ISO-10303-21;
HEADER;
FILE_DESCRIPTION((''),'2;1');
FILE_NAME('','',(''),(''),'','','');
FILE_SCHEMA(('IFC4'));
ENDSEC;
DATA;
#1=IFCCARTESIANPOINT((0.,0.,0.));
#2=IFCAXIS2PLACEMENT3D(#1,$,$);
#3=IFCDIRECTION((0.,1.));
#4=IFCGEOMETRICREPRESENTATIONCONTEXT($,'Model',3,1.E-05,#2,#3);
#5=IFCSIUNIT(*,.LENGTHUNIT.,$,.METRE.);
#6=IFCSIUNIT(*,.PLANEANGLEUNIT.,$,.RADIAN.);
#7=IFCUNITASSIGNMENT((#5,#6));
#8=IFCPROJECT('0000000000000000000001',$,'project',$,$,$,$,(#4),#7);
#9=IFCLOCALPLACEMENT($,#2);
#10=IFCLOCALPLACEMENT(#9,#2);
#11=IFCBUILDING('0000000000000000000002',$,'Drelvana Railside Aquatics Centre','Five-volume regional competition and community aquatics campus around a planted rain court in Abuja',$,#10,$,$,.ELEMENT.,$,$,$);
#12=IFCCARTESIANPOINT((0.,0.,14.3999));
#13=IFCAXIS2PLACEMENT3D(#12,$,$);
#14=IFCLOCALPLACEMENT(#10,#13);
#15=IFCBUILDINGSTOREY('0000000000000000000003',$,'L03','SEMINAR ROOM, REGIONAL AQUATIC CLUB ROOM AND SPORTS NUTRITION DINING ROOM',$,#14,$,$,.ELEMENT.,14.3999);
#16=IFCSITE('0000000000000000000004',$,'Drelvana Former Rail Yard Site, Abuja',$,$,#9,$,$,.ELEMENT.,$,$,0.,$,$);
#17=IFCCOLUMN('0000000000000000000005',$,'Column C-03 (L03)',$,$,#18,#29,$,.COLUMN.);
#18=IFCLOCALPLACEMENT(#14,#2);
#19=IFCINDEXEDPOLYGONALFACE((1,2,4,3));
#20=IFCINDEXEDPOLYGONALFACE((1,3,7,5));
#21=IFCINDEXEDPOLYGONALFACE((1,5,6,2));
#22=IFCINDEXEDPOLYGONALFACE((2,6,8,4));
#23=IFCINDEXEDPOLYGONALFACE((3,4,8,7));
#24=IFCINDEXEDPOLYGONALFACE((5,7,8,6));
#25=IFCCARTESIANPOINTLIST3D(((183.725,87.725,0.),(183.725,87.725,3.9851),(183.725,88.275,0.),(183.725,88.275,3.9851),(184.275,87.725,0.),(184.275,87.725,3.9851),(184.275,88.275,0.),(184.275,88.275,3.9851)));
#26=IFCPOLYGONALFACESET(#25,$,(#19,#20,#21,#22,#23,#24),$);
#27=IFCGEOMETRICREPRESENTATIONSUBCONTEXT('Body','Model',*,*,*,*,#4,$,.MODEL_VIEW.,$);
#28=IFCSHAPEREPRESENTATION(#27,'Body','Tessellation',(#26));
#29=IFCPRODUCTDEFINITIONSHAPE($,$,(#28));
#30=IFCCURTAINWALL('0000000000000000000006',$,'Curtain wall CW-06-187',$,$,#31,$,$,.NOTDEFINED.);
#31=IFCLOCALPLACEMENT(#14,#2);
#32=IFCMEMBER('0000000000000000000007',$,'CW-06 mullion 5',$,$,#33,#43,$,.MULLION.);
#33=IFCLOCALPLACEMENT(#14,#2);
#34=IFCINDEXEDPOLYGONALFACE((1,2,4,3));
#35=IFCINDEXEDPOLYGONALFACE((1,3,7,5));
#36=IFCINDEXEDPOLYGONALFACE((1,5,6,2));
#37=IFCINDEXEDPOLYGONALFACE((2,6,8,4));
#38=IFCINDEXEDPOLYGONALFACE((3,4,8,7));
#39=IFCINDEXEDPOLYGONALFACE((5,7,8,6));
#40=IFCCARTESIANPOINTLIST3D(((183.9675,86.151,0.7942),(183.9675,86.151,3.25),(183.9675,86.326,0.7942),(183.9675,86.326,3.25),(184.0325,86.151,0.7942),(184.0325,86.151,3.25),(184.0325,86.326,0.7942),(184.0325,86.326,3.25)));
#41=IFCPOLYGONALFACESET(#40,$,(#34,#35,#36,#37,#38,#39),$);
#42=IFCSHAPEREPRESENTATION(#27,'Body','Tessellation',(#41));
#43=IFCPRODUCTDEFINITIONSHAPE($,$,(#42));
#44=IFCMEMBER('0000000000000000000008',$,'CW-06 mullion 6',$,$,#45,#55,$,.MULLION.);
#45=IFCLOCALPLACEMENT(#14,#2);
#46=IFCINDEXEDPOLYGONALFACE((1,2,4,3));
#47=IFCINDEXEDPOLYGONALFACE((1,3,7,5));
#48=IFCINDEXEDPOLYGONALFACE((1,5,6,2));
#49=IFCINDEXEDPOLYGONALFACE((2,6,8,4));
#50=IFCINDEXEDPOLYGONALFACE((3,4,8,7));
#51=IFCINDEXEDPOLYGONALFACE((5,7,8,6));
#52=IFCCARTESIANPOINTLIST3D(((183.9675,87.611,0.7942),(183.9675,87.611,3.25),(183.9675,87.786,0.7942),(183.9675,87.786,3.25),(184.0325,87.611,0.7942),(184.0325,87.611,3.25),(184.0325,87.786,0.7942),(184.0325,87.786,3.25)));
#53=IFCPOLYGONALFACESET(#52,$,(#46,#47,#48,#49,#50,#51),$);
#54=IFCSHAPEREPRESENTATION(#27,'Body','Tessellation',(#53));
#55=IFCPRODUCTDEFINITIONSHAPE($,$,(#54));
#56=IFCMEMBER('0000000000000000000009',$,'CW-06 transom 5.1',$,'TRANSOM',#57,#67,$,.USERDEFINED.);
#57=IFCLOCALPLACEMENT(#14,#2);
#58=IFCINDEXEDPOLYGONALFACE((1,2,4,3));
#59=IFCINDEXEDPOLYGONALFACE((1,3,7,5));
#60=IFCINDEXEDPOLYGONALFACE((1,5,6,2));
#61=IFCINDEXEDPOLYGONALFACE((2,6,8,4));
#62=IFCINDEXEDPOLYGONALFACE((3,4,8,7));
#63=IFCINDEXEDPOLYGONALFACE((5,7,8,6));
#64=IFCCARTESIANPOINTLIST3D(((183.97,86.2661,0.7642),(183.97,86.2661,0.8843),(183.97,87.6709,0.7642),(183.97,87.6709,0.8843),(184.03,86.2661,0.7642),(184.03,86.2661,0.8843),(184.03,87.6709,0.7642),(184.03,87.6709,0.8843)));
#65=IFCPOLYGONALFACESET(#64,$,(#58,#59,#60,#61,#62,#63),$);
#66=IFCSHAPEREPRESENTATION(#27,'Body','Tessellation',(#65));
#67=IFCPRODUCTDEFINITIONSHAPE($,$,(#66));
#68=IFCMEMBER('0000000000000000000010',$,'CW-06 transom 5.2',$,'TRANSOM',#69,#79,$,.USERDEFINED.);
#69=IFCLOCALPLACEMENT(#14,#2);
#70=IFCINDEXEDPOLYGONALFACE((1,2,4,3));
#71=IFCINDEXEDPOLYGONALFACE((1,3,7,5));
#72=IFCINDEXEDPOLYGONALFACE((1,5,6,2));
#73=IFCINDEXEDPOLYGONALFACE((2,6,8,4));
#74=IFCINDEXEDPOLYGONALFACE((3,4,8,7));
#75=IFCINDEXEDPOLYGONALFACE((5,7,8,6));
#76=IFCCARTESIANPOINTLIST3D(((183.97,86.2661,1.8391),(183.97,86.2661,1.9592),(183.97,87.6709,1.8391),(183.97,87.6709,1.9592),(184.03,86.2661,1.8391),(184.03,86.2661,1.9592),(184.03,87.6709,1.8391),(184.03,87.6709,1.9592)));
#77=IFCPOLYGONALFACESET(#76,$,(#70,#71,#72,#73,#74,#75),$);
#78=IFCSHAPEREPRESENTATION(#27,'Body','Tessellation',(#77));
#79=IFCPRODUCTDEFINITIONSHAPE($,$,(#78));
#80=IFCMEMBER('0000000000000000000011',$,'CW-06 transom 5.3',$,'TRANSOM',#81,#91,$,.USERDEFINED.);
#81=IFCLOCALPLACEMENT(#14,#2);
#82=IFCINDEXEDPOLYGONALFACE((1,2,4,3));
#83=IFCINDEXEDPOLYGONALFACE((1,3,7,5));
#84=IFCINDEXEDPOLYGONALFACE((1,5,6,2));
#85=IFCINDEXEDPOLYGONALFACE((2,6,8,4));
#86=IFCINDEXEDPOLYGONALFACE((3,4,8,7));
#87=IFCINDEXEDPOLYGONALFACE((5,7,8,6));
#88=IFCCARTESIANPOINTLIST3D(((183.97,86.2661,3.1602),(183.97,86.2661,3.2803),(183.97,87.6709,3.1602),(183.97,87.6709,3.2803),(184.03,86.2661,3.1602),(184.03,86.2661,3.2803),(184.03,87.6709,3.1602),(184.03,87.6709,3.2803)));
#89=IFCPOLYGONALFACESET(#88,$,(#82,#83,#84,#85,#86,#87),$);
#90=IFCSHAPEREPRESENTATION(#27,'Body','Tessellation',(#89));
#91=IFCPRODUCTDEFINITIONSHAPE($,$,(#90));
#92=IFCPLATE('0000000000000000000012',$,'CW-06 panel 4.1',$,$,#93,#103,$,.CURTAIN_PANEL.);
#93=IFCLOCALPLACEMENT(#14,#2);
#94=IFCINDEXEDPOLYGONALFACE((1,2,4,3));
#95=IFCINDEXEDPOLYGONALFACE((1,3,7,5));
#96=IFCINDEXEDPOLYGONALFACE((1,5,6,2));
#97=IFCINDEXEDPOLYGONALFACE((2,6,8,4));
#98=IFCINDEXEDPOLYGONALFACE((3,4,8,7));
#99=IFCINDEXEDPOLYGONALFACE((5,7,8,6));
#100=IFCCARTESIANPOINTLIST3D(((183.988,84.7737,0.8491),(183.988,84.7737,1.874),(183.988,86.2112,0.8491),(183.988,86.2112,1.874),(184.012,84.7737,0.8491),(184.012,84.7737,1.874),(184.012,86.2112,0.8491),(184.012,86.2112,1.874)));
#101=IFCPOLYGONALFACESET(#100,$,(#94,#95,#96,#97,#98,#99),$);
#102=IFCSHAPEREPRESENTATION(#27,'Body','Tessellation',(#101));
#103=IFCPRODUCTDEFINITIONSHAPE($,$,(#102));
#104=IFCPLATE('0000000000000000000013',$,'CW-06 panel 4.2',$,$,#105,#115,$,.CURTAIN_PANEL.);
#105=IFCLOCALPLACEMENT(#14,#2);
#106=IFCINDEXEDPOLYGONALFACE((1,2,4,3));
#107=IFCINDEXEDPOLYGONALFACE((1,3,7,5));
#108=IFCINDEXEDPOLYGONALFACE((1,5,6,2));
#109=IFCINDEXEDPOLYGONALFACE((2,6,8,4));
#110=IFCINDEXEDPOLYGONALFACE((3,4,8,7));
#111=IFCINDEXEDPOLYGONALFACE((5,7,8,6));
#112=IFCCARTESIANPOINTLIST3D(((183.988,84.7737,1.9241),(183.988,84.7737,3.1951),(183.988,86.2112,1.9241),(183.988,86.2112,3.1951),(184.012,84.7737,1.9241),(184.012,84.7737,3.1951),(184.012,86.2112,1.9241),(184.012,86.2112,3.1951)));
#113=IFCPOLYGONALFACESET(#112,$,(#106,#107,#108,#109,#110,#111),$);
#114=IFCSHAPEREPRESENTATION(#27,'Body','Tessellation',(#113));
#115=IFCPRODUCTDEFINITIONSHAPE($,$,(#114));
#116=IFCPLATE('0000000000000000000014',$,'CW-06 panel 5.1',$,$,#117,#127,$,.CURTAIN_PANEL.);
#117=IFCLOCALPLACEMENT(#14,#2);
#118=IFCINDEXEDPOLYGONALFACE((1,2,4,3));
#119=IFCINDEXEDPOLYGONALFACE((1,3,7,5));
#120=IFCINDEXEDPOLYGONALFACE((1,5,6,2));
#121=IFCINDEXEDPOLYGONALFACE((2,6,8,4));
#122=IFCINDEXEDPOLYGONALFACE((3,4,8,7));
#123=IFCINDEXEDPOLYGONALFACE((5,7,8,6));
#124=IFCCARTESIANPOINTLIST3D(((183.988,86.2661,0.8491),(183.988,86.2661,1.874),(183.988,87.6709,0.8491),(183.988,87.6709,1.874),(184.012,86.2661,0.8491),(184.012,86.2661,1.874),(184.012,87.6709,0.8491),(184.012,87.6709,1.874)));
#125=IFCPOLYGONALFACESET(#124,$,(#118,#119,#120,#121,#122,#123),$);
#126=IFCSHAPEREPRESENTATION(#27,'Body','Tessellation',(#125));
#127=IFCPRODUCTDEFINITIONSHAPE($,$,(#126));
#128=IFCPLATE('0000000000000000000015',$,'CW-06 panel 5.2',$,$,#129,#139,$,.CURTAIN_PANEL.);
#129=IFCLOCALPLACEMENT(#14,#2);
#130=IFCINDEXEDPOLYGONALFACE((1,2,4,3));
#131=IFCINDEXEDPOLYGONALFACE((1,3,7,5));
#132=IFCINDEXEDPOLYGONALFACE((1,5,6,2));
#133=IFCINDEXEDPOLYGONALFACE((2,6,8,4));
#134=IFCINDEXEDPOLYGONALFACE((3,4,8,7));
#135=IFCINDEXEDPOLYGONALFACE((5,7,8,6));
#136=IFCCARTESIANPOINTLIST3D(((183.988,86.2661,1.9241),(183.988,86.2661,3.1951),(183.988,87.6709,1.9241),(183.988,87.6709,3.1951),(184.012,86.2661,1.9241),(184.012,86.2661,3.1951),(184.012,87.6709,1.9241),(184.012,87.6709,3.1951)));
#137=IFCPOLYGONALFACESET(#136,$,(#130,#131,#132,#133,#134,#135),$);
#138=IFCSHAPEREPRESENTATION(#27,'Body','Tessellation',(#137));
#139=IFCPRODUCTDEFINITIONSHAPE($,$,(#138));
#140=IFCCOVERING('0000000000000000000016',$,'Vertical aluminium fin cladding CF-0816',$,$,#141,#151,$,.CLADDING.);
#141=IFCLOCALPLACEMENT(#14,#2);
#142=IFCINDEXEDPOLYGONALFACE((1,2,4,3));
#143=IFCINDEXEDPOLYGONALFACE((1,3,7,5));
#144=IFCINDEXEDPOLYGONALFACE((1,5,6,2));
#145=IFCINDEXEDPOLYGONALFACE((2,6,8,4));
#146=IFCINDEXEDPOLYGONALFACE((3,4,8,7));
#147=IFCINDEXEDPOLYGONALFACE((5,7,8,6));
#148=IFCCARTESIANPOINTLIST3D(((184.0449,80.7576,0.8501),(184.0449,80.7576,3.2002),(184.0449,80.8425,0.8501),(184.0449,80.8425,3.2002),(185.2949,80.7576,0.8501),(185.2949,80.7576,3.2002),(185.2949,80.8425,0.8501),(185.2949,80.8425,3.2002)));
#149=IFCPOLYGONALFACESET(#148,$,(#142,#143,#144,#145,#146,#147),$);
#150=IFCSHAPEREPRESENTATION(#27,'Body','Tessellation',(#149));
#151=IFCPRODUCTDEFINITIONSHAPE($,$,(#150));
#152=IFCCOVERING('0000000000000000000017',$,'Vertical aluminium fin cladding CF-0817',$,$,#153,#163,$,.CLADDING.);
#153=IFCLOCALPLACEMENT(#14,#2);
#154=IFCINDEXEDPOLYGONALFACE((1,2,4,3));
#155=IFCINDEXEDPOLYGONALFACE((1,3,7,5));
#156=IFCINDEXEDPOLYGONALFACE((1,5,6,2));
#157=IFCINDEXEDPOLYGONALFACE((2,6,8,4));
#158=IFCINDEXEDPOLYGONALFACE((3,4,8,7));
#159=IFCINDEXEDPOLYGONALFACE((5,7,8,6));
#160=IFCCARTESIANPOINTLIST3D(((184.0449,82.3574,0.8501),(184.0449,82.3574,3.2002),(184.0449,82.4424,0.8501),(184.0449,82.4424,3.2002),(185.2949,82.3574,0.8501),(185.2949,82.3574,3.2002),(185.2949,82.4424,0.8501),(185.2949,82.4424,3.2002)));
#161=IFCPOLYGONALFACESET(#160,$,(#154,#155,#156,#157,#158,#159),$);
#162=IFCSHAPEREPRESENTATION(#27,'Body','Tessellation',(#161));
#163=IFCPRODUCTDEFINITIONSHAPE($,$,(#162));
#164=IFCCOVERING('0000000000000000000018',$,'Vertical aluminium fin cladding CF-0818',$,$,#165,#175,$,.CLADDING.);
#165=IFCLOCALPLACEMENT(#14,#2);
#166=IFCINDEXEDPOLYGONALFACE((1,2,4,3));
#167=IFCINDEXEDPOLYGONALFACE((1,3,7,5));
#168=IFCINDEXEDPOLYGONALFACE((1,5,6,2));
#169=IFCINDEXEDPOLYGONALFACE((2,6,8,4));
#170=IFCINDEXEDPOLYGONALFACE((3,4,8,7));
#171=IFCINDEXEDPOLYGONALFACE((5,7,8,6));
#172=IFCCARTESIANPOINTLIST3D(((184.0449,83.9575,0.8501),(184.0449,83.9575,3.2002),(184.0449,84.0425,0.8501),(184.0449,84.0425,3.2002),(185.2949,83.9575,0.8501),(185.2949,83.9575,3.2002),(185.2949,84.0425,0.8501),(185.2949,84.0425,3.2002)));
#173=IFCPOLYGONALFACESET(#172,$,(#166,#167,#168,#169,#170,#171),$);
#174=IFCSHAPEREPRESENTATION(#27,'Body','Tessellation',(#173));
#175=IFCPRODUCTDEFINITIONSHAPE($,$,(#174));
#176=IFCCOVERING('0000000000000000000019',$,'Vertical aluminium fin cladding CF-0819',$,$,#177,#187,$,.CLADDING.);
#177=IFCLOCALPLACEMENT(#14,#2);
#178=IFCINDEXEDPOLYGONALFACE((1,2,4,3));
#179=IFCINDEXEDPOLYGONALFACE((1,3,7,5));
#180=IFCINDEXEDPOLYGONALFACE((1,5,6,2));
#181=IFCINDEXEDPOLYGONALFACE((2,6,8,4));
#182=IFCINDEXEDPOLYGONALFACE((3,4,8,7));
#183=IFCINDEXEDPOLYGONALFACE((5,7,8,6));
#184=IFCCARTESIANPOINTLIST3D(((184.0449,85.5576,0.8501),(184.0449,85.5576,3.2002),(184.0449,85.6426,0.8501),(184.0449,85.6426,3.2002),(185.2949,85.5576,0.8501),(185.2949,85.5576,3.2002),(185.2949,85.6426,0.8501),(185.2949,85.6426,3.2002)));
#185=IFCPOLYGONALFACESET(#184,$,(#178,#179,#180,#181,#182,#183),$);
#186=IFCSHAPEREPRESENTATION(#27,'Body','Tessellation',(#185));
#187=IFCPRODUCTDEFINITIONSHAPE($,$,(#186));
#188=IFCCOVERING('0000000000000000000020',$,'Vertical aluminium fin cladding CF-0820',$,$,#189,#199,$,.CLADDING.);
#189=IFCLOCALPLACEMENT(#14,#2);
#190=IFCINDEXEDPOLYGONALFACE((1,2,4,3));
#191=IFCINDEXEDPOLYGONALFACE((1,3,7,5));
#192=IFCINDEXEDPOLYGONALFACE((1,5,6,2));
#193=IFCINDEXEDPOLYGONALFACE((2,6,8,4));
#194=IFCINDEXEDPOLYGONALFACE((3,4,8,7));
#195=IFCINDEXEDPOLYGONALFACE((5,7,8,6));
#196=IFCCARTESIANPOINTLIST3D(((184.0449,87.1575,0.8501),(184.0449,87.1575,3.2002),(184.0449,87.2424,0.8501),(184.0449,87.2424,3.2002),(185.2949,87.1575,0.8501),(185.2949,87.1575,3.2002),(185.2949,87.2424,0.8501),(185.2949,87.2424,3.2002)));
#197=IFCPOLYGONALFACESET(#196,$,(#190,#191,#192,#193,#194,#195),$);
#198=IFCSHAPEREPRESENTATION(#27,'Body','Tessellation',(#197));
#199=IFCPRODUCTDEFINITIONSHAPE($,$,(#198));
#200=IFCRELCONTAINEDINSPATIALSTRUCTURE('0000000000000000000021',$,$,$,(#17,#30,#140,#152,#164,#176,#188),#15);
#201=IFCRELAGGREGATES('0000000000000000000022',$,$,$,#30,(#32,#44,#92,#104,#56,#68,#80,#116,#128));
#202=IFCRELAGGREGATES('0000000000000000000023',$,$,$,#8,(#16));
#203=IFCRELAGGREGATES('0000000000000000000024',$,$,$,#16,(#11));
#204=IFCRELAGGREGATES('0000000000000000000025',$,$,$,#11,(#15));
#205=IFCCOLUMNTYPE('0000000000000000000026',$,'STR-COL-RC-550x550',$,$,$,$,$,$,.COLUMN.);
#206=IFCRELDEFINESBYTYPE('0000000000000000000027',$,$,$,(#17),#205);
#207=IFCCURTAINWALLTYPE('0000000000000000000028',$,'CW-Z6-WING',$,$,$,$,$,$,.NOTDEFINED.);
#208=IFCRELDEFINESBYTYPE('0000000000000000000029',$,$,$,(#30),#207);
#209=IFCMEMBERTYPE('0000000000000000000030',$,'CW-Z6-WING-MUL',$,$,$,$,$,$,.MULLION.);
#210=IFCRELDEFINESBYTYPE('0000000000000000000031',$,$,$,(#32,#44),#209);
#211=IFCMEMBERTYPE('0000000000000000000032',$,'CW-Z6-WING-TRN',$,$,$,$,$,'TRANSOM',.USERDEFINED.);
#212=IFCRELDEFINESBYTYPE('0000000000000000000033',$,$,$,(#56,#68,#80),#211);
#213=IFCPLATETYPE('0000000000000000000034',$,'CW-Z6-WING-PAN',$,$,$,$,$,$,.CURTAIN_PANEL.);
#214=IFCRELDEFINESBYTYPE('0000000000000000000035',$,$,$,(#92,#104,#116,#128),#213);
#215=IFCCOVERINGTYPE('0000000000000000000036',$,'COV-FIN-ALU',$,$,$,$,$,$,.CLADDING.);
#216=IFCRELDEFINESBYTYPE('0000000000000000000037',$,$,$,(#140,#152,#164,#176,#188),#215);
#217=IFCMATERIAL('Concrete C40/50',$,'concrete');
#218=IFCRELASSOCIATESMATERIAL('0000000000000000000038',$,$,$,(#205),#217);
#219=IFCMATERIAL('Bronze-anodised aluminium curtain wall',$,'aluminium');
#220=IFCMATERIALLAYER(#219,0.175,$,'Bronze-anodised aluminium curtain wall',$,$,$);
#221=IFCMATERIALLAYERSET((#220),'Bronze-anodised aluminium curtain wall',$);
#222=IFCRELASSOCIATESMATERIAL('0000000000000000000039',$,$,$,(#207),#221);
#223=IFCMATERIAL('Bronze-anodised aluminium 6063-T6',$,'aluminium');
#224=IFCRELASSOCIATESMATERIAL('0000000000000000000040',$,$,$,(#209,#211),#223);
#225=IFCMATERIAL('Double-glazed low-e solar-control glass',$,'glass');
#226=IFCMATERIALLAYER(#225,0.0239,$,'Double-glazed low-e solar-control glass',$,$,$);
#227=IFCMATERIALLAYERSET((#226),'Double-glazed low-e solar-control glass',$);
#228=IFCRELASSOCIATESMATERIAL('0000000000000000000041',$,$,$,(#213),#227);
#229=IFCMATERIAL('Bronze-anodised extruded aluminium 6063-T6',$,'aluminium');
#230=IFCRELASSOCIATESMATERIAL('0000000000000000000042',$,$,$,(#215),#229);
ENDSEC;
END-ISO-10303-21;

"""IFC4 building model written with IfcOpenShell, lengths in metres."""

from ifc_helpers import new_model, si_unit, direction, frame, origin, origin_2d, place, context, subcontext, project, spatial, rectangle, extrude, material, layer, layer_set, material_profile, profile_set, type_object, element, aggregate, save


model = new_model("IFC4")

# Units and contexts
model_context = context("Model", 3, precision=1e-05, world=origin(), true_north=direction((0.0, 1.0)))
body_context = subcontext(model_context, "Body", "Model", "MODEL_VIEW")
ifc_project = project(units=[si_unit("LENGTHUNIT", "METRE"), si_unit("PLANEANGLEUNIT", "RADIAN")], contexts=[model_context])

# Site, building, storey
site_placement = place(None, origin())
site = spatial("IfcSite", under=ifc_project, at=site_placement, Name="Drelvana Former Rail Yard Site, Abuja", CompositionType="ELEMENT", RefElevation=0.0)
building_placement = place(site_placement, origin())
building = spatial("IfcBuilding", under=site, at=building_placement, Name="Drelvana Railside Aquatics Centre", Description="Five-volume regional competition and community aquatics campus around a planted rain court in Abuja", CompositionType="ELEMENT")
storey_placement = place(building_placement, frame((0.0, 0.0, 14.3999)))
storey = spatial("IfcBuildingStorey", under=building, at=storey_placement, Name="L03", Description="SEMINAR ROOM, REGIONAL AQUATIC CLUB ROOM AND SPORTS NUTRITION DINING ROOM", CompositionType="ELEMENT", Elevation=14.3999)

# Column
ifc_material_1 = material(Name="Concrete C40/50", Category="concrete")
ifc_material_profile_1 = material_profile(ifc_material_1, rectangle(XDim=0.55, YDim=0.55, at=origin_2d()), Name="RC 550x550")
ifc_profile_set_1 = profile_set([ifc_material_profile_1], Name="Concrete C40/50")
column_type = type_object("IfcColumnType", Name="STR-COL-RC-550x550", PredefinedType="COLUMN", material=ifc_profile_set_1)
column_placement = place(storey_placement, frame((184.0, 88.0, 0.0), z_axis=(0.0, 0.0, 1.0), x_axis=(1.0, 0.0, 0.0)))
element("IfcColumn", 1, at=column_placement, inside=storey, type_object=column_type, Name="Column C-03 (L03)", PredefinedType="COLUMN", context=body_context, shape_type="SweptSolid", body=[
    extrude(rectangle(XDim=0.55, YDim=0.55, at=origin_2d()), origin(), (0.0, 0.0, 1.0), 3.9851),
])

# Curtain wall, members, plates
ifc_material_2 = material(Name="Bronze-anodised aluminium curtain wall", Category="aluminium")
ifc_layer_1 = layer(ifc_material_2, 0.175, Name="Bronze-anodised aluminium curtain wall")
ifc_layer_set_1 = layer_set([ifc_layer_1], Name="Bronze-anodised aluminium curtain wall")
curtain_wall_type = type_object("IfcCurtainWallType", Name="CW-Z6-WING", PredefinedType="NOTDEFINED", material=ifc_layer_set_1)
curtain_wall_placement = place(storey_placement, origin())
curtain_wall = element("IfcCurtainWall", 2, at=curtain_wall_placement, inside=storey, type_object=curtain_wall_type, Name="Curtain wall CW-06-187", PredefinedType="NOTDEFINED")
ifc_material_3 = material(Name="Bronze-anodised aluminium 6063-T6", Category="aluminium")
ifc_material_profile_2 = material_profile(ifc_material_3, rectangle(XDim=0.0649, YDim=0.175, at=origin_2d()), Name="ALU-M 65x175")
ifc_profile_set_2 = profile_set([ifc_material_profile_2], Name="Bronze-anodised aluminium 6063-T6")
member_type_1 = type_object("IfcMemberType", Name="CW-Z6-WING-MUL", PredefinedType="MULLION", material=ifc_profile_set_2)
member_1_placement = place(storey_placement, frame((184.0, 86.2385, 0.7942), z_axis=(0.0, 0.0, 1.0), x_axis=(-1.0, 0.0, 0.0)))
member_1 = element("IfcMember", 3, at=member_1_placement, type_object=member_type_1, Name="CW-06 mullion 5", PredefinedType="MULLION", context=body_context, shape_type="SweptSolid", body=[
    extrude(rectangle(XDim=0.0649, YDim=0.175, at=origin_2d()), origin(), (0.0, 0.0, 1.0), 2.4558),
])
member_2_placement = place(storey_placement, frame((184.0, 87.6985, 0.7942), z_axis=(0.0, 0.0, 1.0), x_axis=(-1.0, 0.0, 0.0)))
member_2 = element("IfcMember", 4, at=member_2_placement, type_object=member_type_1, Name="CW-06 mullion 6", PredefinedType="MULLION", context=body_context, shape_type="SweptSolid", body=[
    extrude(rectangle(XDim=0.0649, YDim=0.175, at=origin_2d()), origin(), (0.0, 0.0, 1.0), 2.4558),
])
ifc_material_profile_3 = material_profile(ifc_material_3, rectangle(XDim=0.1201, YDim=0.0601, at=origin_2d()), Name="ALU-T 60x120")
ifc_profile_set_3 = profile_set([ifc_material_profile_3], Name="Bronze-anodised aluminium 6063-T6")
member_type_2 = type_object("IfcMemberType", Name="CW-Z6-WING-TRN", ElementType="TRANSOM", PredefinedType="USERDEFINED", material=ifc_profile_set_3)
member_3_placement = place(storey_placement, frame((184.0, 86.2661, 0.8242), z_axis=(0.0, 1.0, 0.0), x_axis=(0.0, 0.0, 1.0)))
member_3 = element("IfcMember", 5, at=member_3_placement, type_object=member_type_2, Name="CW-06 transom 5.1", ObjectType="TRANSOM", PredefinedType="USERDEFINED", context=body_context, shape_type="SweptSolid", body=[
    extrude(rectangle(XDim=0.1201, YDim=0.0601, at=origin_2d()), origin(), (0.0, 0.0, 1.0), 1.4048),
])
member_4_placement = place(storey_placement, frame((184.0, 86.2661, 1.8992), z_axis=(0.0, 1.0, 0.0), x_axis=(0.0, 0.0, 1.0)))
member_4 = element("IfcMember", 6, at=member_4_placement, type_object=member_type_2, Name="CW-06 transom 5.2", ObjectType="TRANSOM", PredefinedType="USERDEFINED", context=body_context, shape_type="SweptSolid", body=[
    extrude(rectangle(XDim=0.1201, YDim=0.0601, at=origin_2d()), origin(), (0.0, 0.0, 1.0), 1.4048),
])
member_5_placement = place(storey_placement, frame((184.0, 86.2661, 3.2202), z_axis=(0.0, 1.0, 0.0), x_axis=(0.0, 0.0, 1.0)))
member_5 = element("IfcMember", 7, at=member_5_placement, type_object=member_type_2, Name="CW-06 transom 5.3", ObjectType="TRANSOM", PredefinedType="USERDEFINED", context=body_context, shape_type="SweptSolid", body=[
    extrude(rectangle(XDim=0.1201, YDim=0.0601, at=origin_2d()), origin(), (0.0, 0.0, 1.0), 1.4048),
])
ifc_material_4 = material(Name="Double-glazed low-e solar-control glass", Category="glass")
ifc_layer_2 = layer(ifc_material_4, 0.0239, Name="Double-glazed low-e solar-control glass")
ifc_layer_set_2 = layer_set([ifc_layer_2], Name="Double-glazed low-e solar-control glass")
plate_type = type_object("IfcPlateType", Name="CW-Z6-WING-PAN", PredefinedType="CURTAIN_PANEL", material=ifc_layer_set_2)
plate_1_placement = place(storey_placement, frame((184.0, 85.4924, 0.8491), z_axis=(0.0, 0.0, 1.0), x_axis=(0.0, 1.0, 0.0)))
plate_1 = element("IfcPlate", 8, at=plate_1_placement, type_object=plate_type, Name="CW-06 panel 4.1", PredefinedType="CURTAIN_PANEL", context=body_context, shape_type="SweptSolid", body=[
    extrude(rectangle(XDim=1.4375, YDim=0.0239, at=origin_2d()), origin(), (0.0, 0.0, 1.0), 1.0249),
])
plate_2_placement = place(storey_placement, frame((184.0, 85.4924, 1.9241), z_axis=(0.0, 0.0, 1.0), x_axis=(0.0, 1.0, 0.0)))
plate_2 = element("IfcPlate", 9, at=plate_2_placement, type_object=plate_type, Name="CW-06 panel 4.2", PredefinedType="CURTAIN_PANEL", context=body_context, shape_type="SweptSolid", body=[
    extrude(rectangle(XDim=1.4375, YDim=0.0239, at=origin_2d()), origin(), (0.0, 0.0, 1.0), 1.271),
])
plate_3_placement = place(storey_placement, frame((184.0, 86.9685, 0.8491), z_axis=(0.0, 0.0, 1.0), x_axis=(0.0, 1.0, 0.0)))
plate_3 = element("IfcPlate", 10, at=plate_3_placement, type_object=plate_type, Name="CW-06 panel 5.1", PredefinedType="CURTAIN_PANEL", context=body_context, shape_type="SweptSolid", body=[
    extrude(rectangle(XDim=1.4048, YDim=0.0239, at=origin_2d()), origin(), (0.0, 0.0, 1.0), 1.0249),
])
plate_4_placement = place(storey_placement, frame((184.0, 86.9685, 1.9241), z_axis=(0.0, 0.0, 1.0), x_axis=(0.0, 1.0, 0.0)))
plate_4 = element("IfcPlate", 11, at=plate_4_placement, type_object=plate_type, Name="CW-06 panel 5.2", PredefinedType="CURTAIN_PANEL", context=body_context, shape_type="SweptSolid", body=[
    extrude(rectangle(XDim=1.4048, YDim=0.0239, at=origin_2d()), origin(), (0.0, 0.0, 1.0), 1.271),
])
aggregate(curtain_wall, [member_1, member_2, plate_1, plate_2, member_3, member_4, member_5, plate_3, plate_4])

# Coverings
ifc_material_5 = material(Name="Bronze-anodised extruded aluminium 6063-T6", Category="aluminium")
covering_type = type_object("IfcCoveringType", Name="COV-FIN-ALU", PredefinedType="CLADDING", material=ifc_material_5)
for number, where, z_axis, x_axis, name in (
    (12, (184.6699, 80.8, 0.8501), (0.0, 0.0, 1.0), (0.0, -1.0, 0.0), "Vertical aluminium fin cladding CF-0816"),
    (13, (184.6699, 82.3999, 0.8501), (0.0, 0.0, 1.0), (0.0, -1.0, 0.0), "Vertical aluminium fin cladding CF-0817"),
    (14, (184.6699, 84.0, 0.8501), (0.0, 0.0, 1.0), (0.0, -1.0, 0.0), "Vertical aluminium fin cladding CF-0818"),
    (15, (184.6699, 85.6001, 0.8501), (0.0, 0.0, 1.0), (0.0, -1.0, 0.0), "Vertical aluminium fin cladding CF-0819"),
    (16, (184.6699, 87.2, 0.8501), (0.0, 0.0, 1.0), (0.0, -1.0, 0.0), "Vertical aluminium fin cladding CF-0820"),
):
    element("IfcCovering", number, at=place(storey_placement, frame(where, z_axis=z_axis, x_axis=x_axis)), inside=storey, type_object=covering_type, Name=name, PredefinedType="CLADDING", context=body_context, shape_type="SweptSolid", body=[
        extrude(rectangle(XDim=0.085, YDim=1.25, at=origin_2d()), origin(), (0.0, 0.0, 1.0), 2.3501),
    ])

save(model, "model.ifc")
